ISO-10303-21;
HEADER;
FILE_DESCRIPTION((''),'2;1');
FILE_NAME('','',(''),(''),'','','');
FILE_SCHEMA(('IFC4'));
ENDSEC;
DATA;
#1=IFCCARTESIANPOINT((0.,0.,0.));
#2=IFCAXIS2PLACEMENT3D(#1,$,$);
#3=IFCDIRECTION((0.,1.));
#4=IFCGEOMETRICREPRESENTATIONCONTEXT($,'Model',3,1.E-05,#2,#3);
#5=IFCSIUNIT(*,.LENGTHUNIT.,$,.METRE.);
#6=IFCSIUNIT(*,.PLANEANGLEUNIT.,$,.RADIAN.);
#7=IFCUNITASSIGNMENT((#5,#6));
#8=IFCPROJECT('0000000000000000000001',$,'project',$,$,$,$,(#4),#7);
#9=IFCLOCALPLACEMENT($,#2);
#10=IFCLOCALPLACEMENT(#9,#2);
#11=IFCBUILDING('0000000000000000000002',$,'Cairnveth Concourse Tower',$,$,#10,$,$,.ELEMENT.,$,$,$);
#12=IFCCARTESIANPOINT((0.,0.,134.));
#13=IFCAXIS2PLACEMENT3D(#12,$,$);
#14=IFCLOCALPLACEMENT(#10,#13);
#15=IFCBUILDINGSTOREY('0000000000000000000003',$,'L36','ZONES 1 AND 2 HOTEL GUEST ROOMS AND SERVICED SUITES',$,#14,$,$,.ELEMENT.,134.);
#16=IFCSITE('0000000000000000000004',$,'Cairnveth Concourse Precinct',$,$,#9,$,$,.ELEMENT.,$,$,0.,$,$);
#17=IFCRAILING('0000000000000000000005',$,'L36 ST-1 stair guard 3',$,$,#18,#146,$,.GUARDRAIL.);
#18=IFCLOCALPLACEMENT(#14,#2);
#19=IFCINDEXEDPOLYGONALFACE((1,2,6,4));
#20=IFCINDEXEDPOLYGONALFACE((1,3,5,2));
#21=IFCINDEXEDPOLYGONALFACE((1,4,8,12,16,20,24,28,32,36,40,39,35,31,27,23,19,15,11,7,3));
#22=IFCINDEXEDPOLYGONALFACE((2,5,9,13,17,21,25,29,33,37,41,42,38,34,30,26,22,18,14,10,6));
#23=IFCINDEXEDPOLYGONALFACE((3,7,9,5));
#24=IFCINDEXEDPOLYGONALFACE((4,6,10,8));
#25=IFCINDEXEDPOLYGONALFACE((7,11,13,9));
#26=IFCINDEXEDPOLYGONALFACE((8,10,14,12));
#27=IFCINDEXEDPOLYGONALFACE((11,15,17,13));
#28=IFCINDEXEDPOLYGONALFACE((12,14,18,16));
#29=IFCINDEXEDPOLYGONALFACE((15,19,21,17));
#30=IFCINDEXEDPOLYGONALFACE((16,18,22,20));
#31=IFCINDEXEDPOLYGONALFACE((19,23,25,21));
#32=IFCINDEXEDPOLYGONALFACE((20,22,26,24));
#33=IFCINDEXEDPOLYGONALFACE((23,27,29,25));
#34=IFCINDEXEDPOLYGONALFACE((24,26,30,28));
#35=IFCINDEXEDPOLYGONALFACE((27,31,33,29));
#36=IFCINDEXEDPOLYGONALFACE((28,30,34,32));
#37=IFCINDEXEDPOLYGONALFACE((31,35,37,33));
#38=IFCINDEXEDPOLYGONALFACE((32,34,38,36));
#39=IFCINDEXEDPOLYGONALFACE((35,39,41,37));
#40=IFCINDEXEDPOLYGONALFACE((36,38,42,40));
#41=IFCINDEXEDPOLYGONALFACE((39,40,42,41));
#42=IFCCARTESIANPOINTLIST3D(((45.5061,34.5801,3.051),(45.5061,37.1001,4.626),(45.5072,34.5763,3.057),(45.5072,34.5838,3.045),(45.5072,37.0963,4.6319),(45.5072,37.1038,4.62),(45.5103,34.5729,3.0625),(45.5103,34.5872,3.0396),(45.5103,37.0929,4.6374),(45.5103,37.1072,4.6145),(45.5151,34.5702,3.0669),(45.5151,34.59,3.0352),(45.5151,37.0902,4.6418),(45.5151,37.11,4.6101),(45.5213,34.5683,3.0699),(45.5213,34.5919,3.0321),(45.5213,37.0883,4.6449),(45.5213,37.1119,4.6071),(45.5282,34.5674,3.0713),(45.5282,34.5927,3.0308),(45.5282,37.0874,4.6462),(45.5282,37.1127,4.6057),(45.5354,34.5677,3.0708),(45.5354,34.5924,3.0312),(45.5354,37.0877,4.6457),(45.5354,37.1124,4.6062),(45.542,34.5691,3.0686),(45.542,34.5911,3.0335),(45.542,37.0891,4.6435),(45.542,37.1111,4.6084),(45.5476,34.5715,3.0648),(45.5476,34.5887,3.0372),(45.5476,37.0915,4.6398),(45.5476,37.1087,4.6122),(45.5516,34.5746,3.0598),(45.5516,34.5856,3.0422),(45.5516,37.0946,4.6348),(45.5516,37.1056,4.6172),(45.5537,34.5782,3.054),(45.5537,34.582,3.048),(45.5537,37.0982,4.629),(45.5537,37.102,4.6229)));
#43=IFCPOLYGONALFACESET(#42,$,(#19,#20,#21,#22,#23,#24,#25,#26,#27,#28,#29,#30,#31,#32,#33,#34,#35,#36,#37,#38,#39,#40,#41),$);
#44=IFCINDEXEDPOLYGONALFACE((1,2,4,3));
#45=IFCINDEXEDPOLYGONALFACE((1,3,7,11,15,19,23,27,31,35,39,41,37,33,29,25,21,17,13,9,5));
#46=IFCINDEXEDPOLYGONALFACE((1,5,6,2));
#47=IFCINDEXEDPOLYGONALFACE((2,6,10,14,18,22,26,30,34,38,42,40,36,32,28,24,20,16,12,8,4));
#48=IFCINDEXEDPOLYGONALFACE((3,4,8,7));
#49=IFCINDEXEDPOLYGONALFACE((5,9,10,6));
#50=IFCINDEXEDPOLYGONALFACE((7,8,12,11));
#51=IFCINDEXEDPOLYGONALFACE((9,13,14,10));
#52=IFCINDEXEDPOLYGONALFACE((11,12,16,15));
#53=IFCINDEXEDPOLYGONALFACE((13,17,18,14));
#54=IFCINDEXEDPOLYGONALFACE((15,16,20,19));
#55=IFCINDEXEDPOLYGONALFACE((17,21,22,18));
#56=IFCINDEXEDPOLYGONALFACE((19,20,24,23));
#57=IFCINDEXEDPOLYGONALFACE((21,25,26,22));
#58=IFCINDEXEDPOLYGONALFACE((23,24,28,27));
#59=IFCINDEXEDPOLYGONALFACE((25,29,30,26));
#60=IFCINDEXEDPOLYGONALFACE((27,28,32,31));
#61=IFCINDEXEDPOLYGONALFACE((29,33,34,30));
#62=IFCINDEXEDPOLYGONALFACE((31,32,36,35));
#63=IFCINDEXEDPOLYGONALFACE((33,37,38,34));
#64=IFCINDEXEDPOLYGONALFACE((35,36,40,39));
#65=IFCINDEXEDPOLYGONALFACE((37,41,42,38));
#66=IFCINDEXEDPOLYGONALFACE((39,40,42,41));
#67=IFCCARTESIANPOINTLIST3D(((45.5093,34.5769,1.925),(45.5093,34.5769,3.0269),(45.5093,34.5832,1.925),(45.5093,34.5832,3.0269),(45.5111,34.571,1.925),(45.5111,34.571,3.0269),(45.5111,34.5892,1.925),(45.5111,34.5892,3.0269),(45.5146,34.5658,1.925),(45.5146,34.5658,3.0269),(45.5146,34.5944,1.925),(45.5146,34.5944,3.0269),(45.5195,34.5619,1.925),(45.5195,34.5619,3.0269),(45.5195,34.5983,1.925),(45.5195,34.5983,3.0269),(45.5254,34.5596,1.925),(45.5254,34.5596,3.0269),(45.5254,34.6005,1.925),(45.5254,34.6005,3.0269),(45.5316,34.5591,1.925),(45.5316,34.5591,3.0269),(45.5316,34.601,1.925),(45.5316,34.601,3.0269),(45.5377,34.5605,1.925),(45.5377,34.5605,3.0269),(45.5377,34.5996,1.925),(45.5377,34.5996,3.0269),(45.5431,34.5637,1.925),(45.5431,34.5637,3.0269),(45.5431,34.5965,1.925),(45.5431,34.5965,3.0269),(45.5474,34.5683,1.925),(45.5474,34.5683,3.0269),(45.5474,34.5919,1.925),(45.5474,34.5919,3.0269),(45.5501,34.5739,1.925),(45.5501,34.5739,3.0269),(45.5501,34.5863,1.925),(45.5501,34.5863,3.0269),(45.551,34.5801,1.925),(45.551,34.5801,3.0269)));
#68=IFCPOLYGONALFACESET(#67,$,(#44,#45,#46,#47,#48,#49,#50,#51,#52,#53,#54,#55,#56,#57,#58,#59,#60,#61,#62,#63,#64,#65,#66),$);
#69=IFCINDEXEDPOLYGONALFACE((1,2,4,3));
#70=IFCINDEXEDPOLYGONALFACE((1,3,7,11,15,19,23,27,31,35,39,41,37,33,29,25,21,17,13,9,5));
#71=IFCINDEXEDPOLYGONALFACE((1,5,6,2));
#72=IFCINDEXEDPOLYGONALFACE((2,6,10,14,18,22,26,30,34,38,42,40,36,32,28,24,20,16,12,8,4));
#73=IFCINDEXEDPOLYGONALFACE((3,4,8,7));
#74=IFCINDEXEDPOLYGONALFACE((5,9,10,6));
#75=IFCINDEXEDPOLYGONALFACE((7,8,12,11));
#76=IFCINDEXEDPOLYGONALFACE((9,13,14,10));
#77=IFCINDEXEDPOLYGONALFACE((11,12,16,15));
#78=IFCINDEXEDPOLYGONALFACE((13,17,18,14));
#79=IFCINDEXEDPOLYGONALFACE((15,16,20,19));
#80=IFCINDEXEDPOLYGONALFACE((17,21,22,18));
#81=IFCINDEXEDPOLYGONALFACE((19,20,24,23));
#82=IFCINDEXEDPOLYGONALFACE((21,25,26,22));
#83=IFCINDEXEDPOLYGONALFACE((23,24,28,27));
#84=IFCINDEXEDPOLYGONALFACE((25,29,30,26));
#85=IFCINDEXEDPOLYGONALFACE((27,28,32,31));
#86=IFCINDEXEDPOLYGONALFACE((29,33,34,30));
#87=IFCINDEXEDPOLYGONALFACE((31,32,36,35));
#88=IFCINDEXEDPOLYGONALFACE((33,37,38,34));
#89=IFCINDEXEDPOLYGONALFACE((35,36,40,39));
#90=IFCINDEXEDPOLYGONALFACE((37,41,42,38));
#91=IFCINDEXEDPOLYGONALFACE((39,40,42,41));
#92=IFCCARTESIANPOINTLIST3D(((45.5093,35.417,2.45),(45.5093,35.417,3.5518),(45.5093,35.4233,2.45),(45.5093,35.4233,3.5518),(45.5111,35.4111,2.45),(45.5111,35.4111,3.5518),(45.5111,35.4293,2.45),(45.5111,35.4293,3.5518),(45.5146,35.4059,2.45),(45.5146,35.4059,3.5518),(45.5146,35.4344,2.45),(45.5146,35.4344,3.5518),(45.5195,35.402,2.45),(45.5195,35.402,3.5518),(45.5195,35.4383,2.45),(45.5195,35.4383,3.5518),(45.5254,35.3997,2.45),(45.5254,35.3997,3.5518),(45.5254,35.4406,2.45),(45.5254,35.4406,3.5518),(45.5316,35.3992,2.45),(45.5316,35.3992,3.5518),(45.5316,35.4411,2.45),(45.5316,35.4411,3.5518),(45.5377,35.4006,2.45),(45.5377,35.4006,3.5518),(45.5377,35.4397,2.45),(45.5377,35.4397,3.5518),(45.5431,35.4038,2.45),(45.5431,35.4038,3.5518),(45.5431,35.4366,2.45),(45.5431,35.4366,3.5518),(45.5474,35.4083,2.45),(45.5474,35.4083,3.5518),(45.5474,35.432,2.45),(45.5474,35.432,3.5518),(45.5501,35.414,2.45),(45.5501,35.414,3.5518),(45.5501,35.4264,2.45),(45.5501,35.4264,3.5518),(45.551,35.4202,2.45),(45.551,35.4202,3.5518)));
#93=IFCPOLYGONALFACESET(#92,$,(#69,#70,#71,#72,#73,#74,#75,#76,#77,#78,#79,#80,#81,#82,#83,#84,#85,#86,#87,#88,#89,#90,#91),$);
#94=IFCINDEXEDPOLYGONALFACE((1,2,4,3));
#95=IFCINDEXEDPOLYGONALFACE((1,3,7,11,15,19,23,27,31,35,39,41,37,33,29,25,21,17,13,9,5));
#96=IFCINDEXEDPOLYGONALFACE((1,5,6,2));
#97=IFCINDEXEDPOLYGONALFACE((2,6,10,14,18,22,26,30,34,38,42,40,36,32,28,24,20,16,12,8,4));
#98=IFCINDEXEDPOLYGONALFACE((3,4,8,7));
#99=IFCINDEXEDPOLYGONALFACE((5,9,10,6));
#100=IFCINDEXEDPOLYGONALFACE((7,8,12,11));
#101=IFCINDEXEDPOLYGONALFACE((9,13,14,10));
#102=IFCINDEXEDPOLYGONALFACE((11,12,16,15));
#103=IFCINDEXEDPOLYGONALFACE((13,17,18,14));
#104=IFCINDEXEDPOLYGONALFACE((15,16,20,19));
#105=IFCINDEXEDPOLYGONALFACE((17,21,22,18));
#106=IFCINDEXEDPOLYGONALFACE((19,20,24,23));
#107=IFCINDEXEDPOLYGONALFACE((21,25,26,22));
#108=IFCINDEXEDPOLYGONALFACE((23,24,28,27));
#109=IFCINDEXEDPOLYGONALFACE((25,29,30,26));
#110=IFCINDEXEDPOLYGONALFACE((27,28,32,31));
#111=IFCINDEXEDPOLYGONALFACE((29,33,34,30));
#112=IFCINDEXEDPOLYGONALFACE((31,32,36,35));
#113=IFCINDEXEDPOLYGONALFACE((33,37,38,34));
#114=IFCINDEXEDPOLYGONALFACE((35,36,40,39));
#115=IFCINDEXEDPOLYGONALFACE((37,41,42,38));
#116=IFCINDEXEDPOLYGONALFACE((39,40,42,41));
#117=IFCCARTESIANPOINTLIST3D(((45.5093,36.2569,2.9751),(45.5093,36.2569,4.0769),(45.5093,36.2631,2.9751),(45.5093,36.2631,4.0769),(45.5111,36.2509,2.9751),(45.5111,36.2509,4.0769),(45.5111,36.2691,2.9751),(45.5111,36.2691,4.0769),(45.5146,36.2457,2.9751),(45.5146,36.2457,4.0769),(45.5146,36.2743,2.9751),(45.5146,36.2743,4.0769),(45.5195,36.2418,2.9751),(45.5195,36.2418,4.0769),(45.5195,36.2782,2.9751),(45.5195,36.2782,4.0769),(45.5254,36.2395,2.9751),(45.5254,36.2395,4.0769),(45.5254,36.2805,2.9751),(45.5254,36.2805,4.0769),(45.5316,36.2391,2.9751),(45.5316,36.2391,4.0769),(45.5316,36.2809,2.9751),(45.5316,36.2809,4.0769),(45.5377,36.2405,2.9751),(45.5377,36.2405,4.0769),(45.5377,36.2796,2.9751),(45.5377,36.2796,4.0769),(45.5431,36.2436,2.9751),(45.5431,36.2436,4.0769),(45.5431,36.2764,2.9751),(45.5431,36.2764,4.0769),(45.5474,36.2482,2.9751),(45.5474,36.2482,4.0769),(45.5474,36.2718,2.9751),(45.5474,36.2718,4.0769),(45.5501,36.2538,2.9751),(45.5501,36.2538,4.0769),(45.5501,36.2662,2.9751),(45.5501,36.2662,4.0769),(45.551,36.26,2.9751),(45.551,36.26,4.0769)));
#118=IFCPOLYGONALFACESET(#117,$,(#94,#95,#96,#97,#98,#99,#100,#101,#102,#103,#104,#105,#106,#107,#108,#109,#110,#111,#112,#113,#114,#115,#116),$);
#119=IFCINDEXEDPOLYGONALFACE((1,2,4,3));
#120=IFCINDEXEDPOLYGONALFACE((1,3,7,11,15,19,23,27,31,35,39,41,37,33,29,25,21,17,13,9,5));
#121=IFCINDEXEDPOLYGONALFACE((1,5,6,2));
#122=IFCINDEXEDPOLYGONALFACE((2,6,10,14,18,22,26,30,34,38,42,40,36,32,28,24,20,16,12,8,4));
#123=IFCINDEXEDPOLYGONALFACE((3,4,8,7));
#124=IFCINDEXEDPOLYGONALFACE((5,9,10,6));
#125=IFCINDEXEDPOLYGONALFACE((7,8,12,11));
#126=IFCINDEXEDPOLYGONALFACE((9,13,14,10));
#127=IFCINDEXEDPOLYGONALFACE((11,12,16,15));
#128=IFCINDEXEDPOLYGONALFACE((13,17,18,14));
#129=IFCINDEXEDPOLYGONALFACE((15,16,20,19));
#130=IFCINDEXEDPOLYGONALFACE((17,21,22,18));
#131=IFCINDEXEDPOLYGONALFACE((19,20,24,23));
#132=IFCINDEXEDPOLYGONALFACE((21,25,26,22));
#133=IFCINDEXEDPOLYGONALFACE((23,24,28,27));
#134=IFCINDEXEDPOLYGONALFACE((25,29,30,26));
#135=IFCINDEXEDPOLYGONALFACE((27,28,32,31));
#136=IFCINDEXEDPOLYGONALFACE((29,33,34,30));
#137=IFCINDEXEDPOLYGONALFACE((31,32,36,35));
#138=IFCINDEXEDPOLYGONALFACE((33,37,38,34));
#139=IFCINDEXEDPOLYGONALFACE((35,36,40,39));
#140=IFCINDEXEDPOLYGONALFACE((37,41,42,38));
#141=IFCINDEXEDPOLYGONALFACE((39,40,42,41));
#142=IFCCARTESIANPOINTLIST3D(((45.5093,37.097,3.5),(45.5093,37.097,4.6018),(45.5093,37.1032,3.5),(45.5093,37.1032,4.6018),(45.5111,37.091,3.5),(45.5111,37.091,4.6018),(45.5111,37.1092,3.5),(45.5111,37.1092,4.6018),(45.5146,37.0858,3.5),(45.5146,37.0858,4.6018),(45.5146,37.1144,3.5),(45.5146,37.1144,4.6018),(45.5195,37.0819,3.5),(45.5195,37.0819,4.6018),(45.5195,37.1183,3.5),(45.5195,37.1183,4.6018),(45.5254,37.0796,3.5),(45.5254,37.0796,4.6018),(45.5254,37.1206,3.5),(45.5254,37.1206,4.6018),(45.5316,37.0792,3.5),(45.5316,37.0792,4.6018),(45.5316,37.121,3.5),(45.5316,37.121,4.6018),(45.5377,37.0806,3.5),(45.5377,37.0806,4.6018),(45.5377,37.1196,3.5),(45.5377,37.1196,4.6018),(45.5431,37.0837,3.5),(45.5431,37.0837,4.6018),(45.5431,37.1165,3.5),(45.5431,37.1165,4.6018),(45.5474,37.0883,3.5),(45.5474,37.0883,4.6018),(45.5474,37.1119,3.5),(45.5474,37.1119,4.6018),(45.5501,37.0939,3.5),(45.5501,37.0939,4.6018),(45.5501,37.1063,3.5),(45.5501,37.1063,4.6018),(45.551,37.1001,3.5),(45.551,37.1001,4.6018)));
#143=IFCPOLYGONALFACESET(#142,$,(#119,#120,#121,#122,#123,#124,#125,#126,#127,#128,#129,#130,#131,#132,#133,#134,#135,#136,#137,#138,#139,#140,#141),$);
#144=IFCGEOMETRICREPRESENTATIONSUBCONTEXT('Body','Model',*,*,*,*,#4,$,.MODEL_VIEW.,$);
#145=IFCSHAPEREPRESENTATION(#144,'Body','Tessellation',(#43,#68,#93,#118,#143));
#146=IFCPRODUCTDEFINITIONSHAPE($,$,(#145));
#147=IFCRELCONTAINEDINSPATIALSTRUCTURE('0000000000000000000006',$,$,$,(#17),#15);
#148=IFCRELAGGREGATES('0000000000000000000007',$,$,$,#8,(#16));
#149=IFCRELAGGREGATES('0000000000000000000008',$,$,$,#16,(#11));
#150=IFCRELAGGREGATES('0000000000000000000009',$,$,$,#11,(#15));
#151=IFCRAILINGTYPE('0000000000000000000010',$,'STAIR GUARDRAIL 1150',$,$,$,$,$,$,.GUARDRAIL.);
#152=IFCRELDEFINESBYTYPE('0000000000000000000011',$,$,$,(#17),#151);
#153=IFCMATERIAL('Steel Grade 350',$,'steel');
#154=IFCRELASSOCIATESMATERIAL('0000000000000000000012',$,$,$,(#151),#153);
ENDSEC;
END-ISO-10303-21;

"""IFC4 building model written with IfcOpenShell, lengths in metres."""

from ifc_helpers import new_model, si_unit, direction, frame, origin, origin_2d, place, context, subcontext, project, spatial, circle, extrude, material, type_object, element, save


model = new_model("IFC4")

# Units and contexts
model_context = context("Model", 3, precision=1e-05, world=origin(), true_north=direction((0.0, 1.0)))
body_context = subcontext(model_context, "Body", "Model", "MODEL_VIEW")
ifc_project = project(units=[si_unit("LENGTHUNIT", "METRE"), si_unit("PLANEANGLEUNIT", "RADIAN")], contexts=[model_context])

# Site, building, storey
site_placement = place(None, origin())
site = spatial("IfcSite", under=ifc_project, at=site_placement, Name="Cairnveth Concourse Precinct", CompositionType="ELEMENT", RefElevation=0.0)
building_placement = place(site_placement, origin())
building = spatial("IfcBuilding", under=site, at=building_placement, Name="Cairnveth Concourse Tower", CompositionType="ELEMENT")
storey_placement = place(building_placement, frame((0.0, 0.0, 134.0)))
storey = spatial("IfcBuildingStorey", under=building, at=storey_placement, Name="L36", Description="ZONES 1 AND 2 HOTEL GUEST ROOMS AND SERVICED SUITES", CompositionType="ELEMENT", Elevation=134.0)

# Shared definitions
ifc_material_1 = material(Name="Steel Grade 350", Category="steel")

# Railing
railing_type_1 = type_object("IfcRailingType", Name="STAIR GUARDRAIL 1150", PredefinedType="GUARDRAIL", material=ifc_material_1)
railing_1_placement = place(storey_placement, frame((45.53, 34.5801, 1.925)))
element("IfcRailing", 1, at=railing_1_placement, inside=storey, type_object=railing_type_1, Name="L36 ST-1 stair guard 3", PredefinedType="GUARDRAIL", context=body_context, shape_type="SweptSolid", body=[
    extrude(circle(Radius=0.0239, at=origin_2d()), frame((0.0, 0.0, 1.126), z_axis=(0.0, 0.848008, 0.529984), x_axis=(-1.0, 0.0, 0.0)), (0.0, 0.0, 1.0), 2.9717),
    extrude(circle(Radius=0.021, at=origin_2d()), origin(), (0.0, 0.0, 1.0), 1.1018),
    extrude(circle(Radius=0.021, at=origin_2d()), frame((0.0, 0.8401, 0.5249)), (0.0, 0.0, 1.0), 1.1018),
    extrude(circle(Radius=0.021, at=origin_2d()), frame((0.0, 1.6799, 1.05)), (0.0, 0.0, 1.0), 1.1018),
    extrude(circle(Radius=0.021, at=origin_2d()), frame((0.0, 2.52, 1.575)), (0.0, 0.0, 1.0), 1.1018),
])

save(model, "model.ifc")
